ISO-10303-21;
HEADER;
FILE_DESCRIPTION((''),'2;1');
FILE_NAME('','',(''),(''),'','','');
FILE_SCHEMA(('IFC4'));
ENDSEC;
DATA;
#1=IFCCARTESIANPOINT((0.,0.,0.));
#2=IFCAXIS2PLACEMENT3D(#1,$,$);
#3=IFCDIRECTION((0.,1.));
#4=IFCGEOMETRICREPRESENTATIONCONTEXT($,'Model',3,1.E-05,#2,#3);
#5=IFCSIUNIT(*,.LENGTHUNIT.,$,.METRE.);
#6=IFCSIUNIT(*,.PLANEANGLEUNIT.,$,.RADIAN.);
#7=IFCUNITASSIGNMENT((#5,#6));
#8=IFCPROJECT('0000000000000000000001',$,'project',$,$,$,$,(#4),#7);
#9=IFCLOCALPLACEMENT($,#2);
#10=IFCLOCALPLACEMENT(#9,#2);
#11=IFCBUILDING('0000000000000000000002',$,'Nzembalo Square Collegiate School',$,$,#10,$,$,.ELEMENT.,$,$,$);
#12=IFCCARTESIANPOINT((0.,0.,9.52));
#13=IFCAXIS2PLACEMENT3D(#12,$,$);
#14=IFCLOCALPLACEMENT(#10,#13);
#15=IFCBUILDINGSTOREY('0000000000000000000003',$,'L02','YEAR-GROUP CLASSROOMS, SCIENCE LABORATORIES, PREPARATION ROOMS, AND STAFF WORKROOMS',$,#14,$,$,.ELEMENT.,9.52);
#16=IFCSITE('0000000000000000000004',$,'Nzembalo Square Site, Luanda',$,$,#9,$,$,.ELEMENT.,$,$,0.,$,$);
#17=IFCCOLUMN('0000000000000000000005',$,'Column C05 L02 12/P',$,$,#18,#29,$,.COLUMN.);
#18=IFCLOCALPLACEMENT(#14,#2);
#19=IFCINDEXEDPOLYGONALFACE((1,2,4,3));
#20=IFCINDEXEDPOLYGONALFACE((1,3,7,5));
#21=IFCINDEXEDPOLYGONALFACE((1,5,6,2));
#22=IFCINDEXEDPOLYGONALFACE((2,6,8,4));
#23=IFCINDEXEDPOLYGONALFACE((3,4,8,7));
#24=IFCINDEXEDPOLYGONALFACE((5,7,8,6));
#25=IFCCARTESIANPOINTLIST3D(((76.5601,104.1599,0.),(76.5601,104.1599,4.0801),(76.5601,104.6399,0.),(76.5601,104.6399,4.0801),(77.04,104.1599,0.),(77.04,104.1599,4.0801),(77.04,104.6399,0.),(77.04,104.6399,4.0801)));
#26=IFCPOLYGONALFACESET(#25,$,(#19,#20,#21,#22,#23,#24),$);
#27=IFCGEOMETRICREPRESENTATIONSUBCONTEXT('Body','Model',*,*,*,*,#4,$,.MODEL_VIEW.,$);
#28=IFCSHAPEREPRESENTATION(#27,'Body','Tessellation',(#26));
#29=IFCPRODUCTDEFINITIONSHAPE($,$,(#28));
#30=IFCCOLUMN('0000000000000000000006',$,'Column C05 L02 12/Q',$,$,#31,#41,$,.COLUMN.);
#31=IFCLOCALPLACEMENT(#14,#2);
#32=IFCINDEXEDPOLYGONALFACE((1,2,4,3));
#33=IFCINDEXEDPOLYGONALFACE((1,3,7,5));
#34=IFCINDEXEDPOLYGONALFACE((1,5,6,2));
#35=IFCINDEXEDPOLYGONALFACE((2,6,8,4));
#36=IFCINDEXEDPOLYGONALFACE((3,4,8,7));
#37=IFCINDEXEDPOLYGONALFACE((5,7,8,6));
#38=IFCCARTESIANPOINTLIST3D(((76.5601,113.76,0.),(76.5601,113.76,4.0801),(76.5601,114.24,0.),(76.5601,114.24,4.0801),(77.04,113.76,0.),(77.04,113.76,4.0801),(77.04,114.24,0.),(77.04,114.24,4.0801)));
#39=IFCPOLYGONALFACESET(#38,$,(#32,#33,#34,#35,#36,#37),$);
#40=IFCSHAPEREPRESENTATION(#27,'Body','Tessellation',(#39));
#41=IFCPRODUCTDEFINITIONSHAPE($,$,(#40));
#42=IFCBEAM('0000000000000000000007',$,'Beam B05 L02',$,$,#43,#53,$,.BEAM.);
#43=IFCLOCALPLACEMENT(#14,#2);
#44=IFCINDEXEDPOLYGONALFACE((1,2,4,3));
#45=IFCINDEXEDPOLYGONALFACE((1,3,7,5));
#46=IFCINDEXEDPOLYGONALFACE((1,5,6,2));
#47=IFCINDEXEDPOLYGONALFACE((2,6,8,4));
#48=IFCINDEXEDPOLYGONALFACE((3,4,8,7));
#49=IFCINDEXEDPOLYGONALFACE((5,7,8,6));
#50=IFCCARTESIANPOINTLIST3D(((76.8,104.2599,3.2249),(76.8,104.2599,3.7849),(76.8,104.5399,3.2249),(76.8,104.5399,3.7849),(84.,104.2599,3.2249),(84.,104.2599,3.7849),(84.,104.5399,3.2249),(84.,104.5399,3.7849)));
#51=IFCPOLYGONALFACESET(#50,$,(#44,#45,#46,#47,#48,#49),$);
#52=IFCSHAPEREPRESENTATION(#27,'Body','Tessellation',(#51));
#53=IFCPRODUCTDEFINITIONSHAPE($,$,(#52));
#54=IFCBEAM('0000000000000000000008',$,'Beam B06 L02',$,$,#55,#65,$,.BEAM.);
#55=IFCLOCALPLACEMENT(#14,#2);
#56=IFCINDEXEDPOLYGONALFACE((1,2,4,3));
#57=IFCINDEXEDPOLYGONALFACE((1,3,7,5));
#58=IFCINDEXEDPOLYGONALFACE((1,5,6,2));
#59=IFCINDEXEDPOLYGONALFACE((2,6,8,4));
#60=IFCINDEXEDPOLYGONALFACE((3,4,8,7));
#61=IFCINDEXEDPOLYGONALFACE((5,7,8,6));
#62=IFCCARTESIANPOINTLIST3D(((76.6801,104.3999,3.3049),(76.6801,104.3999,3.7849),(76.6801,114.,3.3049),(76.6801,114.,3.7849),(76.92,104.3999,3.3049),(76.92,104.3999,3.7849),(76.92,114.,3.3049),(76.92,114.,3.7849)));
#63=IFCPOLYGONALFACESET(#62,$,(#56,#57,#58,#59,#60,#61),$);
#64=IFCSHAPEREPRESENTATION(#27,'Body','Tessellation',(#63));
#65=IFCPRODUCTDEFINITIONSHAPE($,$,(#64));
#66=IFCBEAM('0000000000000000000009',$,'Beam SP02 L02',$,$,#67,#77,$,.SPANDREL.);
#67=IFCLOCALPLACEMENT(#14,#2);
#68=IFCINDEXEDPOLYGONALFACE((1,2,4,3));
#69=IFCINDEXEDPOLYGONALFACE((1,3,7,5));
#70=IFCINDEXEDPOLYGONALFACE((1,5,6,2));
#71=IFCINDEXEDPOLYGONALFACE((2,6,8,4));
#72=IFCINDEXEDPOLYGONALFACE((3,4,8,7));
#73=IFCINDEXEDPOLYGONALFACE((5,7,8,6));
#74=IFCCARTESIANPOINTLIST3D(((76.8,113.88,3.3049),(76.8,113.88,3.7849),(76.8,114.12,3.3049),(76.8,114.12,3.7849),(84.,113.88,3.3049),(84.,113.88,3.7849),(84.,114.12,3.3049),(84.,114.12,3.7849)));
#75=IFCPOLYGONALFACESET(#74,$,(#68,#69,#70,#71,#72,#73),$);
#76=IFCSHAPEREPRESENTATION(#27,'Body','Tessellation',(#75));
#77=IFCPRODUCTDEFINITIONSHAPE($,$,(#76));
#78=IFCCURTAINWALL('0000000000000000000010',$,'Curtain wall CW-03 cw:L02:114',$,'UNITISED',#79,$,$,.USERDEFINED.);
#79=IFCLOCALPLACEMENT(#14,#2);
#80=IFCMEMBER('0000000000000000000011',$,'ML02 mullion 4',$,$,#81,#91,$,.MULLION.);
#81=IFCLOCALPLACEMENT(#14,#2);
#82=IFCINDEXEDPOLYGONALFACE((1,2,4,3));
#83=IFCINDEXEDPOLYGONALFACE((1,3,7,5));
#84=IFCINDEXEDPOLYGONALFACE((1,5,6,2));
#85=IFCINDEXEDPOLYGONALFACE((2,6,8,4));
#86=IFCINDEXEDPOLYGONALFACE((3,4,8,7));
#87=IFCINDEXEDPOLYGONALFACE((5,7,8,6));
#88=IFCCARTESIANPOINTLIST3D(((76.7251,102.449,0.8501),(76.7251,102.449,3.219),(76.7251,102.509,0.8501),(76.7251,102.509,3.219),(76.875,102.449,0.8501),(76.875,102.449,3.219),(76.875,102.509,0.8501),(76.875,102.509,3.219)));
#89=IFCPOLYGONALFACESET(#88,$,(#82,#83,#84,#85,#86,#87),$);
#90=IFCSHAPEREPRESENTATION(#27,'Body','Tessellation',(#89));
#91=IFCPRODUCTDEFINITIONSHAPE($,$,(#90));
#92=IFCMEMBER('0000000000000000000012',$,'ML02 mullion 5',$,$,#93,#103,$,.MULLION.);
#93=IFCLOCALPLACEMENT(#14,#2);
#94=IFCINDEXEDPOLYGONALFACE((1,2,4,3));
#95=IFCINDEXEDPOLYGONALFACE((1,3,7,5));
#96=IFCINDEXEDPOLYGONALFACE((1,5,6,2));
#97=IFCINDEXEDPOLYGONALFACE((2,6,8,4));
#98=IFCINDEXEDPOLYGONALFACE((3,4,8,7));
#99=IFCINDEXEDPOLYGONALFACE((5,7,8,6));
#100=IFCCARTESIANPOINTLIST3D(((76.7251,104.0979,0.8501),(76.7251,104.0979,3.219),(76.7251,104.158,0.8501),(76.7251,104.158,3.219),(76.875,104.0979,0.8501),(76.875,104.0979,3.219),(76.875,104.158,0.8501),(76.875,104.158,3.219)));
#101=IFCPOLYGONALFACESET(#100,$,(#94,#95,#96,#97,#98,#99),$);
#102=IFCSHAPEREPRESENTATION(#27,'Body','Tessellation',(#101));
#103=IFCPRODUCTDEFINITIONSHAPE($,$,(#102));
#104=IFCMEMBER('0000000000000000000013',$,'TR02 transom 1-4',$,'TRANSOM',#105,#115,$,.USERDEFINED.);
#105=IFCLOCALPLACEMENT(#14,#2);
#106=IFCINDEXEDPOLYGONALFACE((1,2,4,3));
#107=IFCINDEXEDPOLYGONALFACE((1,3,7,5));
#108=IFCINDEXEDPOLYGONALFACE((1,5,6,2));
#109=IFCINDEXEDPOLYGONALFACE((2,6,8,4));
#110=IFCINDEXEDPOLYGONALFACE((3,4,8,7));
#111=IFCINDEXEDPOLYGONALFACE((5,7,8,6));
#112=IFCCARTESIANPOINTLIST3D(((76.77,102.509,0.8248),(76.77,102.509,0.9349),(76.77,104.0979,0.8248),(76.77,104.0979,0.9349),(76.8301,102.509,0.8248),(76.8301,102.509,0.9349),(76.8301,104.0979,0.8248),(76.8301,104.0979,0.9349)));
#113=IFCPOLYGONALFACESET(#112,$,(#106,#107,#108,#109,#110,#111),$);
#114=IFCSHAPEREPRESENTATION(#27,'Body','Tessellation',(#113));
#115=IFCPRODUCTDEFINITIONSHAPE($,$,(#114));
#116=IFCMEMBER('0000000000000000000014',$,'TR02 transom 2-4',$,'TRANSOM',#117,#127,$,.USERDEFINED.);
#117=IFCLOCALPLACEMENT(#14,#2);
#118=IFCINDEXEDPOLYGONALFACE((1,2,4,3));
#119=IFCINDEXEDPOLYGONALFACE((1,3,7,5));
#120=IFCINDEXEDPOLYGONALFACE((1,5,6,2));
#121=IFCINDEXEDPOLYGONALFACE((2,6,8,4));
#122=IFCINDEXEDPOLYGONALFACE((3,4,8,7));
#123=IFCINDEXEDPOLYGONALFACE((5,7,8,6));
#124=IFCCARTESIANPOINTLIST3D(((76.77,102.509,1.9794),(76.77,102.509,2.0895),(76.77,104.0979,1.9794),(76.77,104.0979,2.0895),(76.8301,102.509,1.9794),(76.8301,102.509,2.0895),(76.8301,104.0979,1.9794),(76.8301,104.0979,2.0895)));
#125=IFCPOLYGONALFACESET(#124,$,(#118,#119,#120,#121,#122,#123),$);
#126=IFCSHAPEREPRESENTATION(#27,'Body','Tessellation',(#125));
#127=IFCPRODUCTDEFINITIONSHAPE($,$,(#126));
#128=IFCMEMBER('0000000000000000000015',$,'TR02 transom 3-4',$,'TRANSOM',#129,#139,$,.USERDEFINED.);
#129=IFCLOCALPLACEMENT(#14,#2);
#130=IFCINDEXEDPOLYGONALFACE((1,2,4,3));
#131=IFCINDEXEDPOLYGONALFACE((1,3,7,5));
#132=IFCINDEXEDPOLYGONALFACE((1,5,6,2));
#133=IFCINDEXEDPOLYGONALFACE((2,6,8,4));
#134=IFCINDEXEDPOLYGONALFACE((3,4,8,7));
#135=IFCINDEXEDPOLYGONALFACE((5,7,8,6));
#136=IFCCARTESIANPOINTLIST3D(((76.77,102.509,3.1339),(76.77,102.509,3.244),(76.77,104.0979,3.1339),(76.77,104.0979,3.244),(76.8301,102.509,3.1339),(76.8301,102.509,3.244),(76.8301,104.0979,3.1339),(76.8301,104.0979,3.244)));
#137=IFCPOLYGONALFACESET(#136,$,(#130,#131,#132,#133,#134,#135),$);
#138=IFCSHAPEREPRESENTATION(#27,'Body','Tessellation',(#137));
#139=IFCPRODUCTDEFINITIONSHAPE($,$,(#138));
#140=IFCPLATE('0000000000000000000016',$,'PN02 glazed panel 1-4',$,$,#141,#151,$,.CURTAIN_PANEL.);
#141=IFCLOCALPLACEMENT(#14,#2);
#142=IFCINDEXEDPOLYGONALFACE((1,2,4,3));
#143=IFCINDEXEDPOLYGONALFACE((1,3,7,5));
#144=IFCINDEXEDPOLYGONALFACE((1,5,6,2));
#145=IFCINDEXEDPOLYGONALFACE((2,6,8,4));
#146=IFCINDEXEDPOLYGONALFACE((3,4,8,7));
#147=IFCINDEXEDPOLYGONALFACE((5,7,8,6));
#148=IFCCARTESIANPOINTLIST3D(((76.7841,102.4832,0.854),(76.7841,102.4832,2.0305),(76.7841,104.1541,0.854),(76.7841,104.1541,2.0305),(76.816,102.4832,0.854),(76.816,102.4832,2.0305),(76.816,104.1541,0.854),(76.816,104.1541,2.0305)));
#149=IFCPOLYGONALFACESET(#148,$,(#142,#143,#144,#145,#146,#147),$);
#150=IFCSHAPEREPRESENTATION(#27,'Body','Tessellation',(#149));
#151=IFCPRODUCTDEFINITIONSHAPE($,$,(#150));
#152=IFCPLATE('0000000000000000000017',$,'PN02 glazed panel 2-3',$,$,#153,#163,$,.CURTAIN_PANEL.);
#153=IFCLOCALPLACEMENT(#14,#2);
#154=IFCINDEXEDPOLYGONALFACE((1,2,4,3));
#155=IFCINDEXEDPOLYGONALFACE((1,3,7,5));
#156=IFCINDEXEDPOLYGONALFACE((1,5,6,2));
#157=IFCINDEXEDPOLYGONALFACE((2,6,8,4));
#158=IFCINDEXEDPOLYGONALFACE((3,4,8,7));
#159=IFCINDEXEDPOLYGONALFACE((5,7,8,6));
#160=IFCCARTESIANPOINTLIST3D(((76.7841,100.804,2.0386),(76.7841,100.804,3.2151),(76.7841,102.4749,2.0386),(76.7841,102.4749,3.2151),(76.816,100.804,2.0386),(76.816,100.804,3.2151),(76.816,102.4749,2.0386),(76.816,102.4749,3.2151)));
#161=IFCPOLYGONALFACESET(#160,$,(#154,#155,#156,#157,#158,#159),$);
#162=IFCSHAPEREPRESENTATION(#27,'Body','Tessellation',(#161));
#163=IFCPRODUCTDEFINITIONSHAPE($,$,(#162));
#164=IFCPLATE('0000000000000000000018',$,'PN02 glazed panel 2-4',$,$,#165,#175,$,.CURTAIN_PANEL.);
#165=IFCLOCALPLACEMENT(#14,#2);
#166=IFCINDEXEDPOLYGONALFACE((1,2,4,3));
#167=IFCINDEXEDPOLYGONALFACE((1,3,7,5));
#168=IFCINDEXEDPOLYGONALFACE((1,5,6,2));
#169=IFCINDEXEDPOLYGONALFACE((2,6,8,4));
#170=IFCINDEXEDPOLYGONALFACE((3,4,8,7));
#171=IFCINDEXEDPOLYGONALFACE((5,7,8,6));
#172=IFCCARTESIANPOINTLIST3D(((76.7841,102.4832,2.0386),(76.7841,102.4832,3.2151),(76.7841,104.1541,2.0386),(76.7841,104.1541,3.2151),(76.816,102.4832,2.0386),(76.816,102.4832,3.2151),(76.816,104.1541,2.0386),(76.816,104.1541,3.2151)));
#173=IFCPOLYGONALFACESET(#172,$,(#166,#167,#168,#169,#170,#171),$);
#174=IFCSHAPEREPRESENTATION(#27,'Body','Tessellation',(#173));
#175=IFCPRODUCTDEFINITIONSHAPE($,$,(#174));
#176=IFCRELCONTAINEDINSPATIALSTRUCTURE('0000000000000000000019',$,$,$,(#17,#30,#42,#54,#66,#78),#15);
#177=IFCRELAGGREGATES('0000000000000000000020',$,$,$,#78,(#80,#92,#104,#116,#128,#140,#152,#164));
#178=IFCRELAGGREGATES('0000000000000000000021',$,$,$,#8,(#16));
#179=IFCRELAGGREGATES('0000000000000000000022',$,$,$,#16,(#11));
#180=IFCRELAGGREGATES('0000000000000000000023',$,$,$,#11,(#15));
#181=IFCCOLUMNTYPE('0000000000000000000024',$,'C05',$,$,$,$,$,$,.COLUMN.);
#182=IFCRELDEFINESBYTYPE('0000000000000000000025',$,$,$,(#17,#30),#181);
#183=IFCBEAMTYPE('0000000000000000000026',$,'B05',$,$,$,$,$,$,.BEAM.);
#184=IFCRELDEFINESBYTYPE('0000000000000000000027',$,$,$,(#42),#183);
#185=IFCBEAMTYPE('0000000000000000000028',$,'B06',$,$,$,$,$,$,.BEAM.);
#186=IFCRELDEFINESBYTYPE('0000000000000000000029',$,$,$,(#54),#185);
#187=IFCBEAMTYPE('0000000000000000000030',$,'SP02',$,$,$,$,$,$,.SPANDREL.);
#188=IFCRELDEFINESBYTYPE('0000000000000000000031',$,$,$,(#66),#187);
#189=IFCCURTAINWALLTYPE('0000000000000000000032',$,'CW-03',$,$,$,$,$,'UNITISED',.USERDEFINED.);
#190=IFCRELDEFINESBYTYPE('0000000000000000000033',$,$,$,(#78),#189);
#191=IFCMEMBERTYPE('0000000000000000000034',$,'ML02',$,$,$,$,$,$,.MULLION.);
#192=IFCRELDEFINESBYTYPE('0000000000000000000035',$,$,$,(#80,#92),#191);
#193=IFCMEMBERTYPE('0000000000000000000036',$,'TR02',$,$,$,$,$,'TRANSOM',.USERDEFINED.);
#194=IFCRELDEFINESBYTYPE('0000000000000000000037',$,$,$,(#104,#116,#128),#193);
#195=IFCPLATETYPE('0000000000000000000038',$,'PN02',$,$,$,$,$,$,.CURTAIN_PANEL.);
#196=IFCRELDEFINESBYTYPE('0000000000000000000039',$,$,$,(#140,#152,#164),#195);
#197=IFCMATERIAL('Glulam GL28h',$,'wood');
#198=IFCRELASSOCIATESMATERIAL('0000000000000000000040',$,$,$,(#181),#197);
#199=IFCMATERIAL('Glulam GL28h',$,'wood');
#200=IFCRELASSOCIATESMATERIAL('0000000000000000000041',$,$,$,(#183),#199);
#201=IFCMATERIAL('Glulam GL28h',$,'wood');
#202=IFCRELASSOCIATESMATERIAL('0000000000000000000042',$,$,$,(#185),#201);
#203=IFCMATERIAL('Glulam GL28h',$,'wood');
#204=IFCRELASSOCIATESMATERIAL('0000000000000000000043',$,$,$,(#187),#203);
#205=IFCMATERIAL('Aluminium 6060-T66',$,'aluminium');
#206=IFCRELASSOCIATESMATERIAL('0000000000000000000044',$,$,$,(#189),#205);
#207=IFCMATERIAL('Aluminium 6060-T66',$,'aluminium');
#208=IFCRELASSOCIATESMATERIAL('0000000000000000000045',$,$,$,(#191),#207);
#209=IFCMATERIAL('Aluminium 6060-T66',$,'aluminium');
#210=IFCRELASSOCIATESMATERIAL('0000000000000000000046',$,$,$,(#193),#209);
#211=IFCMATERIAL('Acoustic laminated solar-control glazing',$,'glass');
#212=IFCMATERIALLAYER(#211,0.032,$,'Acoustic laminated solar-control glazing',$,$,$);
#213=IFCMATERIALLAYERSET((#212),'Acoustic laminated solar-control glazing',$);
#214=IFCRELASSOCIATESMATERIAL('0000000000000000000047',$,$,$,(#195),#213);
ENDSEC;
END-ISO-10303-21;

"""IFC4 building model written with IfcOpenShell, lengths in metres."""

from ifc_helpers import new_model, si_unit, direction, frame, origin, origin_2d, place, context, subcontext, project, spatial, rectangle, extrude, material, layer, layer_set, material_profile, profile_set, type_object, element, aggregate, save


model = new_model("IFC4")

# Units and contexts
model_context = context("Model", 3, precision=1e-05, world=origin(), true_north=direction((0.0, 1.0)))
body_context = subcontext(model_context, "Body", "Model", "MODEL_VIEW")
ifc_project = project(units=[si_unit("LENGTHUNIT", "METRE"), si_unit("PLANEANGLEUNIT", "RADIAN")], contexts=[model_context])

# Site, building, storey
site_placement = place(None, origin())
site = spatial("IfcSite", under=ifc_project, at=site_placement, Name="Nzembalo Square Site, Luanda", CompositionType="ELEMENT", RefElevation=0.0)
building_placement = place(site_placement, origin())
building = spatial("IfcBuilding", under=site, at=building_placement, Name="Nzembalo Square Collegiate School", CompositionType="ELEMENT")
storey_placement = place(building_placement, frame((0.0, 0.0, 9.52)))
storey = spatial("IfcBuildingStorey", under=building, at=storey_placement, Name="L02", Description="YEAR-GROUP CLASSROOMS, SCIENCE LABORATORIES, PREPARATION ROOMS, AND STAFF WORKROOMS", CompositionType="ELEMENT", Elevation=9.52)

# Columns
ifc_material_1 = material(Name="Glulam GL28h", Category="wood")
ifc_material_profile_1 = material_profile(ifc_material_1, rectangle(XDim=0.48, YDim=0.48, at=origin_2d()), Name="GL28h 480x480")
ifc_profile_set_1 = profile_set([ifc_material_profile_1], Name="Glulam GL28h")
column_type = type_object("IfcColumnType", Name="C05", PredefinedType="COLUMN", material=ifc_profile_set_1)
for number, where, z_axis, x_axis, name in (
    (1, (76.8, 104.3999, 0.0), (0.0, 0.0, 1.0), (1.0, 0.0, 0.0), "Column C05 L02 12/P"),
    (2, (76.8, 114.0, 0.0), (0.0, 0.0, 1.0), (1.0, 0.0, 0.0), "Column C05 L02 12/Q"),
):
    element("IfcColumn", number, at=place(storey_placement, frame(where, z_axis=z_axis, x_axis=x_axis)), inside=storey, type_object=column_type, Name=name, PredefinedType="COLUMN", context=body_context, shape_type="SweptSolid", body=[
        extrude(rectangle(XDim=0.48, YDim=0.48, at=origin_2d()), origin(), (0.0, 0.0, 1.0), 4.0801),
    ])

# Beams
ifc_material_2 = material(Name="Glulam GL28h", Category="wood")
ifc_material_profile_2 = material_profile(ifc_material_2, rectangle(XDim=0.28, YDim=0.5601, at=origin_2d()), Name="GL28h 280x560")
ifc_profile_set_2 = profile_set([ifc_material_profile_2], Name="Glulam GL28h")
beam_type_1 = type_object("IfcBeamType", Name="B05", PredefinedType="BEAM", material=ifc_profile_set_2)
beam_1_placement = place(storey_placement, frame((76.8, 104.3999, 3.5049), z_axis=(1.0, 0.0, 0.0), x_axis=(0.0, 1.0, 0.0)))
element("IfcBeam", 3, at=beam_1_placement, inside=storey, type_object=beam_type_1, Name="Beam B05 L02", PredefinedType="BEAM", context=body_context, shape_type="SweptSolid", body=[
    extrude(rectangle(XDim=0.28, YDim=0.5601, at=origin_2d()), origin(), (0.0, 0.0, 1.0), 7.2),
])
ifc_material_3 = material(Name="Glulam GL28h", Category="wood")
ifc_material_profile_3 = material_profile(ifc_material_3, rectangle(XDim=0.24, YDim=0.48, at=origin_2d()), Name="GL28h 240x480")
ifc_profile_set_3 = profile_set([ifc_material_profile_3], Name="Glulam GL28h")
beam_type_2 = type_object("IfcBeamType", Name="B06", PredefinedType="BEAM", material=ifc_profile_set_3)
beam_2_placement = place(storey_placement, frame((76.8, 104.3999, 3.5449), z_axis=(0.0, 1.0, 0.0), x_axis=(-1.0, 0.0, 0.0)))
element("IfcBeam", 4, at=beam_2_placement, inside=storey, type_object=beam_type_2, Name="Beam B06 L02", PredefinedType="BEAM", context=body_context, shape_type="SweptSolid", body=[
    extrude(rectangle(XDim=0.24, YDim=0.48, at=origin_2d()), origin(), (0.0, 0.0, 1.0), 9.6001),
])
ifc_material_4 = material(Name="Glulam GL28h", Category="wood")
ifc_material_profile_4 = material_profile(ifc_material_4, rectangle(XDim=0.24, YDim=0.48, at=origin_2d()), Name="GL28h 240x480")
ifc_profile_set_4 = profile_set([ifc_material_profile_4], Name="Glulam GL28h")
beam_type_3 = type_object("IfcBeamType", Name="SP02", PredefinedType="SPANDREL", material=ifc_profile_set_4)
beam_3_placement = place(storey_placement, frame((76.8, 114.0, 3.5449), z_axis=(1.0, 0.0, 0.0), x_axis=(0.0, 1.0, 0.0)))
element("IfcBeam", 5, at=beam_3_placement, inside=storey, type_object=beam_type_3, Name="Beam SP02 L02", PredefinedType="SPANDREL", context=body_context, shape_type="SweptSolid", body=[
    extrude(rectangle(XDim=0.24, YDim=0.48, at=origin_2d()), origin(), (0.0, 0.0, 1.0), 7.2),
])

# Curtain wall, members, plates
ifc_material_5 = material(Name="Aluminium 6060-T66", Category="aluminium")
curtain_wall_type = type_object("IfcCurtainWallType", Name="CW-03", ElementType="UNITISED", PredefinedType="USERDEFINED", material=ifc_material_5)
curtain_wall_placement = place(storey_placement, origin())
curtain_wall = element("IfcCurtainWall", 6, at=curtain_wall_placement, inside=storey, type_object=curtain_wall_type, Name="Curtain wall CW-03 cw:L02:114", ObjectType="UNITISED", PredefinedType="USERDEFINED")
ifc_material_6 = material(Name="Aluminium 6060-T66", Category="aluminium")
ifc_material_profile_5 = material_profile(ifc_material_6, rectangle(XDim=0.0601, YDim=0.1499, at=origin_2d()), Name="ALU M60x150")
ifc_profile_set_5 = profile_set([ifc_material_profile_5], Name="Aluminium 6060-T66")
member_type_1 = type_object("IfcMemberType", Name="ML02", PredefinedType="MULLION", material=ifc_profile_set_5)
member_1_placement = place(storey_placement, frame((76.8, 102.479, 0.8501), z_axis=(0.0, 0.0, 1.0), x_axis=(0.0, 1.0, 0.0)))
member_1 = element("IfcMember", 7, at=member_1_placement, type_object=member_type_1, Name="ML02 mullion 4", PredefinedType="MULLION", context=body_context, shape_type="SweptSolid", body=[
    extrude(rectangle(XDim=0.0601, YDim=0.1499, at=origin_2d()), origin(), (0.0, 0.0, 1.0), 2.3689),
])
member_2_placement = place(storey_placement, frame((76.8, 104.1279, 0.8501), z_axis=(0.0, 0.0, 1.0), x_axis=(0.0, 1.0, 0.0)))
member_2 = element("IfcMember", 8, at=member_2_placement, type_object=member_type_1, Name="ML02 mullion 5", PredefinedType="MULLION", context=body_context, shape_type="SweptSolid", body=[
    extrude(rectangle(XDim=0.0601, YDim=0.1499, at=origin_2d()), origin(), (0.0, 0.0, 1.0), 2.3689),
])
ifc_material_7 = material(Name="Aluminium 6060-T66", Category="aluminium")
ifc_material_profile_6 = material_profile(ifc_material_7, rectangle(XDim=0.0601, YDim=0.1101, at=origin_2d()), Name="ALU T60x110")
ifc_profile_set_6 = profile_set([ifc_material_profile_6], Name="Aluminium 6060-T66")
member_type_2 = type_object("IfcMemberType", Name="TR02", ElementType="TRANSOM", PredefinedType="USERDEFINED", material=ifc_profile_set_6)
member_3_placement = place(storey_placement, frame((76.8, 102.509, 0.8799), z_axis=(0.0, 1.0, 0.0), x_axis=(-1.0, 0.0, 0.0)))
member_3 = element("IfcMember", 9, at=member_3_placement, type_object=member_type_2, Name="TR02 transom 1-4", ObjectType="TRANSOM", PredefinedType="USERDEFINED", context=body_context, shape_type="SweptSolid", body=[
    extrude(rectangle(XDim=0.0601, YDim=0.1101, at=origin_2d()), origin(), (0.0, 0.0, 1.0), 1.5889),
])
member_4_placement = place(storey_placement, frame((76.8, 102.509, 2.0344), z_axis=(0.0, 1.0, 0.0), x_axis=(-1.0, 0.0, 0.0)))
member_4 = element("IfcMember", 10, at=member_4_placement, type_object=member_type_2, Name="TR02 transom 2-4", ObjectType="TRANSOM", PredefinedType="USERDEFINED", context=body_context, shape_type="SweptSolid", body=[
    extrude(rectangle(XDim=0.0601, YDim=0.1101, at=origin_2d()), origin(), (0.0, 0.0, 1.0), 1.5889),
])
member_5_placement = place(storey_placement, frame((76.8, 102.509, 3.189), z_axis=(0.0, 1.0, 0.0), x_axis=(-1.0, 0.0, 0.0)))
member_5 = element("IfcMember", 11, at=member_5_placement, type_object=member_type_2, Name="TR02 transom 3-4", ObjectType="TRANSOM", PredefinedType="USERDEFINED", context=body_context, shape_type="SweptSolid", body=[
    extrude(rectangle(XDim=0.0601, YDim=0.1101, at=origin_2d()), origin(), (0.0, 0.0, 1.0), 1.5889),
])
ifc_material_8 = material(Name="Acoustic laminated solar-control glazing", Category="glass")
ifc_layer_1 = layer(ifc_material_8, 0.032, Name="Acoustic laminated solar-control glazing")
ifc_layer_set_1 = layer_set([ifc_layer_1], Name="Acoustic laminated solar-control glazing")
plate_type_1 = type_object("IfcPlateType", Name="PN02", PredefinedType="CURTAIN_PANEL", material=ifc_layer_set_1)
plate_1_placement = place(storey_placement, frame((76.8, 103.3186, 0.854), z_axis=(0.0, 0.0, 1.0), x_axis=(0.0, 1.0, 0.0)))
plate_1 = element("IfcPlate", 12, at=plate_1_placement, type_object=plate_type_1, Name="PN02 glazed panel 1-4", PredefinedType="CURTAIN_PANEL", context=body_context, shape_type="SweptSolid", body=[
    extrude(rectangle(XDim=1.6709, YDim=0.032, at=origin_2d()), origin(), (0.0, 0.0, 1.0), 1.1765),
])
plate_2_placement = place(storey_placement, frame((76.8, 101.6394, 2.0386), z_axis=(0.0, 0.0, 1.0), x_axis=(0.0, 1.0, 0.0)))
plate_2 = element("IfcPlate", 13, at=plate_2_placement, type_object=plate_type_1, Name="PN02 glazed panel 2-3", PredefinedType="CURTAIN_PANEL", context=body_context, shape_type="SweptSolid", body=[
    extrude(rectangle(XDim=1.6709, YDim=0.032, at=origin_2d()), origin(), (0.0, 0.0, 1.0), 1.1765),
])
plate_3_placement = place(storey_placement, frame((76.8, 103.3186, 2.0386), z_axis=(0.0, 0.0, 1.0), x_axis=(0.0, 1.0, 0.0)))
plate_3 = element("IfcPlate", 14, at=plate_3_placement, type_object=plate_type_1, Name="PN02 glazed panel 2-4", PredefinedType="CURTAIN_PANEL", context=body_context, shape_type="SweptSolid", body=[
    extrude(rectangle(XDim=1.6709, YDim=0.032, at=origin_2d()), origin(), (0.0, 0.0, 1.0), 1.1765),
])
aggregate(curtain_wall, [member_1, member_2, member_3, member_4, member_5, plate_1, plate_2, plate_3])

save(model, "model.ifc")
